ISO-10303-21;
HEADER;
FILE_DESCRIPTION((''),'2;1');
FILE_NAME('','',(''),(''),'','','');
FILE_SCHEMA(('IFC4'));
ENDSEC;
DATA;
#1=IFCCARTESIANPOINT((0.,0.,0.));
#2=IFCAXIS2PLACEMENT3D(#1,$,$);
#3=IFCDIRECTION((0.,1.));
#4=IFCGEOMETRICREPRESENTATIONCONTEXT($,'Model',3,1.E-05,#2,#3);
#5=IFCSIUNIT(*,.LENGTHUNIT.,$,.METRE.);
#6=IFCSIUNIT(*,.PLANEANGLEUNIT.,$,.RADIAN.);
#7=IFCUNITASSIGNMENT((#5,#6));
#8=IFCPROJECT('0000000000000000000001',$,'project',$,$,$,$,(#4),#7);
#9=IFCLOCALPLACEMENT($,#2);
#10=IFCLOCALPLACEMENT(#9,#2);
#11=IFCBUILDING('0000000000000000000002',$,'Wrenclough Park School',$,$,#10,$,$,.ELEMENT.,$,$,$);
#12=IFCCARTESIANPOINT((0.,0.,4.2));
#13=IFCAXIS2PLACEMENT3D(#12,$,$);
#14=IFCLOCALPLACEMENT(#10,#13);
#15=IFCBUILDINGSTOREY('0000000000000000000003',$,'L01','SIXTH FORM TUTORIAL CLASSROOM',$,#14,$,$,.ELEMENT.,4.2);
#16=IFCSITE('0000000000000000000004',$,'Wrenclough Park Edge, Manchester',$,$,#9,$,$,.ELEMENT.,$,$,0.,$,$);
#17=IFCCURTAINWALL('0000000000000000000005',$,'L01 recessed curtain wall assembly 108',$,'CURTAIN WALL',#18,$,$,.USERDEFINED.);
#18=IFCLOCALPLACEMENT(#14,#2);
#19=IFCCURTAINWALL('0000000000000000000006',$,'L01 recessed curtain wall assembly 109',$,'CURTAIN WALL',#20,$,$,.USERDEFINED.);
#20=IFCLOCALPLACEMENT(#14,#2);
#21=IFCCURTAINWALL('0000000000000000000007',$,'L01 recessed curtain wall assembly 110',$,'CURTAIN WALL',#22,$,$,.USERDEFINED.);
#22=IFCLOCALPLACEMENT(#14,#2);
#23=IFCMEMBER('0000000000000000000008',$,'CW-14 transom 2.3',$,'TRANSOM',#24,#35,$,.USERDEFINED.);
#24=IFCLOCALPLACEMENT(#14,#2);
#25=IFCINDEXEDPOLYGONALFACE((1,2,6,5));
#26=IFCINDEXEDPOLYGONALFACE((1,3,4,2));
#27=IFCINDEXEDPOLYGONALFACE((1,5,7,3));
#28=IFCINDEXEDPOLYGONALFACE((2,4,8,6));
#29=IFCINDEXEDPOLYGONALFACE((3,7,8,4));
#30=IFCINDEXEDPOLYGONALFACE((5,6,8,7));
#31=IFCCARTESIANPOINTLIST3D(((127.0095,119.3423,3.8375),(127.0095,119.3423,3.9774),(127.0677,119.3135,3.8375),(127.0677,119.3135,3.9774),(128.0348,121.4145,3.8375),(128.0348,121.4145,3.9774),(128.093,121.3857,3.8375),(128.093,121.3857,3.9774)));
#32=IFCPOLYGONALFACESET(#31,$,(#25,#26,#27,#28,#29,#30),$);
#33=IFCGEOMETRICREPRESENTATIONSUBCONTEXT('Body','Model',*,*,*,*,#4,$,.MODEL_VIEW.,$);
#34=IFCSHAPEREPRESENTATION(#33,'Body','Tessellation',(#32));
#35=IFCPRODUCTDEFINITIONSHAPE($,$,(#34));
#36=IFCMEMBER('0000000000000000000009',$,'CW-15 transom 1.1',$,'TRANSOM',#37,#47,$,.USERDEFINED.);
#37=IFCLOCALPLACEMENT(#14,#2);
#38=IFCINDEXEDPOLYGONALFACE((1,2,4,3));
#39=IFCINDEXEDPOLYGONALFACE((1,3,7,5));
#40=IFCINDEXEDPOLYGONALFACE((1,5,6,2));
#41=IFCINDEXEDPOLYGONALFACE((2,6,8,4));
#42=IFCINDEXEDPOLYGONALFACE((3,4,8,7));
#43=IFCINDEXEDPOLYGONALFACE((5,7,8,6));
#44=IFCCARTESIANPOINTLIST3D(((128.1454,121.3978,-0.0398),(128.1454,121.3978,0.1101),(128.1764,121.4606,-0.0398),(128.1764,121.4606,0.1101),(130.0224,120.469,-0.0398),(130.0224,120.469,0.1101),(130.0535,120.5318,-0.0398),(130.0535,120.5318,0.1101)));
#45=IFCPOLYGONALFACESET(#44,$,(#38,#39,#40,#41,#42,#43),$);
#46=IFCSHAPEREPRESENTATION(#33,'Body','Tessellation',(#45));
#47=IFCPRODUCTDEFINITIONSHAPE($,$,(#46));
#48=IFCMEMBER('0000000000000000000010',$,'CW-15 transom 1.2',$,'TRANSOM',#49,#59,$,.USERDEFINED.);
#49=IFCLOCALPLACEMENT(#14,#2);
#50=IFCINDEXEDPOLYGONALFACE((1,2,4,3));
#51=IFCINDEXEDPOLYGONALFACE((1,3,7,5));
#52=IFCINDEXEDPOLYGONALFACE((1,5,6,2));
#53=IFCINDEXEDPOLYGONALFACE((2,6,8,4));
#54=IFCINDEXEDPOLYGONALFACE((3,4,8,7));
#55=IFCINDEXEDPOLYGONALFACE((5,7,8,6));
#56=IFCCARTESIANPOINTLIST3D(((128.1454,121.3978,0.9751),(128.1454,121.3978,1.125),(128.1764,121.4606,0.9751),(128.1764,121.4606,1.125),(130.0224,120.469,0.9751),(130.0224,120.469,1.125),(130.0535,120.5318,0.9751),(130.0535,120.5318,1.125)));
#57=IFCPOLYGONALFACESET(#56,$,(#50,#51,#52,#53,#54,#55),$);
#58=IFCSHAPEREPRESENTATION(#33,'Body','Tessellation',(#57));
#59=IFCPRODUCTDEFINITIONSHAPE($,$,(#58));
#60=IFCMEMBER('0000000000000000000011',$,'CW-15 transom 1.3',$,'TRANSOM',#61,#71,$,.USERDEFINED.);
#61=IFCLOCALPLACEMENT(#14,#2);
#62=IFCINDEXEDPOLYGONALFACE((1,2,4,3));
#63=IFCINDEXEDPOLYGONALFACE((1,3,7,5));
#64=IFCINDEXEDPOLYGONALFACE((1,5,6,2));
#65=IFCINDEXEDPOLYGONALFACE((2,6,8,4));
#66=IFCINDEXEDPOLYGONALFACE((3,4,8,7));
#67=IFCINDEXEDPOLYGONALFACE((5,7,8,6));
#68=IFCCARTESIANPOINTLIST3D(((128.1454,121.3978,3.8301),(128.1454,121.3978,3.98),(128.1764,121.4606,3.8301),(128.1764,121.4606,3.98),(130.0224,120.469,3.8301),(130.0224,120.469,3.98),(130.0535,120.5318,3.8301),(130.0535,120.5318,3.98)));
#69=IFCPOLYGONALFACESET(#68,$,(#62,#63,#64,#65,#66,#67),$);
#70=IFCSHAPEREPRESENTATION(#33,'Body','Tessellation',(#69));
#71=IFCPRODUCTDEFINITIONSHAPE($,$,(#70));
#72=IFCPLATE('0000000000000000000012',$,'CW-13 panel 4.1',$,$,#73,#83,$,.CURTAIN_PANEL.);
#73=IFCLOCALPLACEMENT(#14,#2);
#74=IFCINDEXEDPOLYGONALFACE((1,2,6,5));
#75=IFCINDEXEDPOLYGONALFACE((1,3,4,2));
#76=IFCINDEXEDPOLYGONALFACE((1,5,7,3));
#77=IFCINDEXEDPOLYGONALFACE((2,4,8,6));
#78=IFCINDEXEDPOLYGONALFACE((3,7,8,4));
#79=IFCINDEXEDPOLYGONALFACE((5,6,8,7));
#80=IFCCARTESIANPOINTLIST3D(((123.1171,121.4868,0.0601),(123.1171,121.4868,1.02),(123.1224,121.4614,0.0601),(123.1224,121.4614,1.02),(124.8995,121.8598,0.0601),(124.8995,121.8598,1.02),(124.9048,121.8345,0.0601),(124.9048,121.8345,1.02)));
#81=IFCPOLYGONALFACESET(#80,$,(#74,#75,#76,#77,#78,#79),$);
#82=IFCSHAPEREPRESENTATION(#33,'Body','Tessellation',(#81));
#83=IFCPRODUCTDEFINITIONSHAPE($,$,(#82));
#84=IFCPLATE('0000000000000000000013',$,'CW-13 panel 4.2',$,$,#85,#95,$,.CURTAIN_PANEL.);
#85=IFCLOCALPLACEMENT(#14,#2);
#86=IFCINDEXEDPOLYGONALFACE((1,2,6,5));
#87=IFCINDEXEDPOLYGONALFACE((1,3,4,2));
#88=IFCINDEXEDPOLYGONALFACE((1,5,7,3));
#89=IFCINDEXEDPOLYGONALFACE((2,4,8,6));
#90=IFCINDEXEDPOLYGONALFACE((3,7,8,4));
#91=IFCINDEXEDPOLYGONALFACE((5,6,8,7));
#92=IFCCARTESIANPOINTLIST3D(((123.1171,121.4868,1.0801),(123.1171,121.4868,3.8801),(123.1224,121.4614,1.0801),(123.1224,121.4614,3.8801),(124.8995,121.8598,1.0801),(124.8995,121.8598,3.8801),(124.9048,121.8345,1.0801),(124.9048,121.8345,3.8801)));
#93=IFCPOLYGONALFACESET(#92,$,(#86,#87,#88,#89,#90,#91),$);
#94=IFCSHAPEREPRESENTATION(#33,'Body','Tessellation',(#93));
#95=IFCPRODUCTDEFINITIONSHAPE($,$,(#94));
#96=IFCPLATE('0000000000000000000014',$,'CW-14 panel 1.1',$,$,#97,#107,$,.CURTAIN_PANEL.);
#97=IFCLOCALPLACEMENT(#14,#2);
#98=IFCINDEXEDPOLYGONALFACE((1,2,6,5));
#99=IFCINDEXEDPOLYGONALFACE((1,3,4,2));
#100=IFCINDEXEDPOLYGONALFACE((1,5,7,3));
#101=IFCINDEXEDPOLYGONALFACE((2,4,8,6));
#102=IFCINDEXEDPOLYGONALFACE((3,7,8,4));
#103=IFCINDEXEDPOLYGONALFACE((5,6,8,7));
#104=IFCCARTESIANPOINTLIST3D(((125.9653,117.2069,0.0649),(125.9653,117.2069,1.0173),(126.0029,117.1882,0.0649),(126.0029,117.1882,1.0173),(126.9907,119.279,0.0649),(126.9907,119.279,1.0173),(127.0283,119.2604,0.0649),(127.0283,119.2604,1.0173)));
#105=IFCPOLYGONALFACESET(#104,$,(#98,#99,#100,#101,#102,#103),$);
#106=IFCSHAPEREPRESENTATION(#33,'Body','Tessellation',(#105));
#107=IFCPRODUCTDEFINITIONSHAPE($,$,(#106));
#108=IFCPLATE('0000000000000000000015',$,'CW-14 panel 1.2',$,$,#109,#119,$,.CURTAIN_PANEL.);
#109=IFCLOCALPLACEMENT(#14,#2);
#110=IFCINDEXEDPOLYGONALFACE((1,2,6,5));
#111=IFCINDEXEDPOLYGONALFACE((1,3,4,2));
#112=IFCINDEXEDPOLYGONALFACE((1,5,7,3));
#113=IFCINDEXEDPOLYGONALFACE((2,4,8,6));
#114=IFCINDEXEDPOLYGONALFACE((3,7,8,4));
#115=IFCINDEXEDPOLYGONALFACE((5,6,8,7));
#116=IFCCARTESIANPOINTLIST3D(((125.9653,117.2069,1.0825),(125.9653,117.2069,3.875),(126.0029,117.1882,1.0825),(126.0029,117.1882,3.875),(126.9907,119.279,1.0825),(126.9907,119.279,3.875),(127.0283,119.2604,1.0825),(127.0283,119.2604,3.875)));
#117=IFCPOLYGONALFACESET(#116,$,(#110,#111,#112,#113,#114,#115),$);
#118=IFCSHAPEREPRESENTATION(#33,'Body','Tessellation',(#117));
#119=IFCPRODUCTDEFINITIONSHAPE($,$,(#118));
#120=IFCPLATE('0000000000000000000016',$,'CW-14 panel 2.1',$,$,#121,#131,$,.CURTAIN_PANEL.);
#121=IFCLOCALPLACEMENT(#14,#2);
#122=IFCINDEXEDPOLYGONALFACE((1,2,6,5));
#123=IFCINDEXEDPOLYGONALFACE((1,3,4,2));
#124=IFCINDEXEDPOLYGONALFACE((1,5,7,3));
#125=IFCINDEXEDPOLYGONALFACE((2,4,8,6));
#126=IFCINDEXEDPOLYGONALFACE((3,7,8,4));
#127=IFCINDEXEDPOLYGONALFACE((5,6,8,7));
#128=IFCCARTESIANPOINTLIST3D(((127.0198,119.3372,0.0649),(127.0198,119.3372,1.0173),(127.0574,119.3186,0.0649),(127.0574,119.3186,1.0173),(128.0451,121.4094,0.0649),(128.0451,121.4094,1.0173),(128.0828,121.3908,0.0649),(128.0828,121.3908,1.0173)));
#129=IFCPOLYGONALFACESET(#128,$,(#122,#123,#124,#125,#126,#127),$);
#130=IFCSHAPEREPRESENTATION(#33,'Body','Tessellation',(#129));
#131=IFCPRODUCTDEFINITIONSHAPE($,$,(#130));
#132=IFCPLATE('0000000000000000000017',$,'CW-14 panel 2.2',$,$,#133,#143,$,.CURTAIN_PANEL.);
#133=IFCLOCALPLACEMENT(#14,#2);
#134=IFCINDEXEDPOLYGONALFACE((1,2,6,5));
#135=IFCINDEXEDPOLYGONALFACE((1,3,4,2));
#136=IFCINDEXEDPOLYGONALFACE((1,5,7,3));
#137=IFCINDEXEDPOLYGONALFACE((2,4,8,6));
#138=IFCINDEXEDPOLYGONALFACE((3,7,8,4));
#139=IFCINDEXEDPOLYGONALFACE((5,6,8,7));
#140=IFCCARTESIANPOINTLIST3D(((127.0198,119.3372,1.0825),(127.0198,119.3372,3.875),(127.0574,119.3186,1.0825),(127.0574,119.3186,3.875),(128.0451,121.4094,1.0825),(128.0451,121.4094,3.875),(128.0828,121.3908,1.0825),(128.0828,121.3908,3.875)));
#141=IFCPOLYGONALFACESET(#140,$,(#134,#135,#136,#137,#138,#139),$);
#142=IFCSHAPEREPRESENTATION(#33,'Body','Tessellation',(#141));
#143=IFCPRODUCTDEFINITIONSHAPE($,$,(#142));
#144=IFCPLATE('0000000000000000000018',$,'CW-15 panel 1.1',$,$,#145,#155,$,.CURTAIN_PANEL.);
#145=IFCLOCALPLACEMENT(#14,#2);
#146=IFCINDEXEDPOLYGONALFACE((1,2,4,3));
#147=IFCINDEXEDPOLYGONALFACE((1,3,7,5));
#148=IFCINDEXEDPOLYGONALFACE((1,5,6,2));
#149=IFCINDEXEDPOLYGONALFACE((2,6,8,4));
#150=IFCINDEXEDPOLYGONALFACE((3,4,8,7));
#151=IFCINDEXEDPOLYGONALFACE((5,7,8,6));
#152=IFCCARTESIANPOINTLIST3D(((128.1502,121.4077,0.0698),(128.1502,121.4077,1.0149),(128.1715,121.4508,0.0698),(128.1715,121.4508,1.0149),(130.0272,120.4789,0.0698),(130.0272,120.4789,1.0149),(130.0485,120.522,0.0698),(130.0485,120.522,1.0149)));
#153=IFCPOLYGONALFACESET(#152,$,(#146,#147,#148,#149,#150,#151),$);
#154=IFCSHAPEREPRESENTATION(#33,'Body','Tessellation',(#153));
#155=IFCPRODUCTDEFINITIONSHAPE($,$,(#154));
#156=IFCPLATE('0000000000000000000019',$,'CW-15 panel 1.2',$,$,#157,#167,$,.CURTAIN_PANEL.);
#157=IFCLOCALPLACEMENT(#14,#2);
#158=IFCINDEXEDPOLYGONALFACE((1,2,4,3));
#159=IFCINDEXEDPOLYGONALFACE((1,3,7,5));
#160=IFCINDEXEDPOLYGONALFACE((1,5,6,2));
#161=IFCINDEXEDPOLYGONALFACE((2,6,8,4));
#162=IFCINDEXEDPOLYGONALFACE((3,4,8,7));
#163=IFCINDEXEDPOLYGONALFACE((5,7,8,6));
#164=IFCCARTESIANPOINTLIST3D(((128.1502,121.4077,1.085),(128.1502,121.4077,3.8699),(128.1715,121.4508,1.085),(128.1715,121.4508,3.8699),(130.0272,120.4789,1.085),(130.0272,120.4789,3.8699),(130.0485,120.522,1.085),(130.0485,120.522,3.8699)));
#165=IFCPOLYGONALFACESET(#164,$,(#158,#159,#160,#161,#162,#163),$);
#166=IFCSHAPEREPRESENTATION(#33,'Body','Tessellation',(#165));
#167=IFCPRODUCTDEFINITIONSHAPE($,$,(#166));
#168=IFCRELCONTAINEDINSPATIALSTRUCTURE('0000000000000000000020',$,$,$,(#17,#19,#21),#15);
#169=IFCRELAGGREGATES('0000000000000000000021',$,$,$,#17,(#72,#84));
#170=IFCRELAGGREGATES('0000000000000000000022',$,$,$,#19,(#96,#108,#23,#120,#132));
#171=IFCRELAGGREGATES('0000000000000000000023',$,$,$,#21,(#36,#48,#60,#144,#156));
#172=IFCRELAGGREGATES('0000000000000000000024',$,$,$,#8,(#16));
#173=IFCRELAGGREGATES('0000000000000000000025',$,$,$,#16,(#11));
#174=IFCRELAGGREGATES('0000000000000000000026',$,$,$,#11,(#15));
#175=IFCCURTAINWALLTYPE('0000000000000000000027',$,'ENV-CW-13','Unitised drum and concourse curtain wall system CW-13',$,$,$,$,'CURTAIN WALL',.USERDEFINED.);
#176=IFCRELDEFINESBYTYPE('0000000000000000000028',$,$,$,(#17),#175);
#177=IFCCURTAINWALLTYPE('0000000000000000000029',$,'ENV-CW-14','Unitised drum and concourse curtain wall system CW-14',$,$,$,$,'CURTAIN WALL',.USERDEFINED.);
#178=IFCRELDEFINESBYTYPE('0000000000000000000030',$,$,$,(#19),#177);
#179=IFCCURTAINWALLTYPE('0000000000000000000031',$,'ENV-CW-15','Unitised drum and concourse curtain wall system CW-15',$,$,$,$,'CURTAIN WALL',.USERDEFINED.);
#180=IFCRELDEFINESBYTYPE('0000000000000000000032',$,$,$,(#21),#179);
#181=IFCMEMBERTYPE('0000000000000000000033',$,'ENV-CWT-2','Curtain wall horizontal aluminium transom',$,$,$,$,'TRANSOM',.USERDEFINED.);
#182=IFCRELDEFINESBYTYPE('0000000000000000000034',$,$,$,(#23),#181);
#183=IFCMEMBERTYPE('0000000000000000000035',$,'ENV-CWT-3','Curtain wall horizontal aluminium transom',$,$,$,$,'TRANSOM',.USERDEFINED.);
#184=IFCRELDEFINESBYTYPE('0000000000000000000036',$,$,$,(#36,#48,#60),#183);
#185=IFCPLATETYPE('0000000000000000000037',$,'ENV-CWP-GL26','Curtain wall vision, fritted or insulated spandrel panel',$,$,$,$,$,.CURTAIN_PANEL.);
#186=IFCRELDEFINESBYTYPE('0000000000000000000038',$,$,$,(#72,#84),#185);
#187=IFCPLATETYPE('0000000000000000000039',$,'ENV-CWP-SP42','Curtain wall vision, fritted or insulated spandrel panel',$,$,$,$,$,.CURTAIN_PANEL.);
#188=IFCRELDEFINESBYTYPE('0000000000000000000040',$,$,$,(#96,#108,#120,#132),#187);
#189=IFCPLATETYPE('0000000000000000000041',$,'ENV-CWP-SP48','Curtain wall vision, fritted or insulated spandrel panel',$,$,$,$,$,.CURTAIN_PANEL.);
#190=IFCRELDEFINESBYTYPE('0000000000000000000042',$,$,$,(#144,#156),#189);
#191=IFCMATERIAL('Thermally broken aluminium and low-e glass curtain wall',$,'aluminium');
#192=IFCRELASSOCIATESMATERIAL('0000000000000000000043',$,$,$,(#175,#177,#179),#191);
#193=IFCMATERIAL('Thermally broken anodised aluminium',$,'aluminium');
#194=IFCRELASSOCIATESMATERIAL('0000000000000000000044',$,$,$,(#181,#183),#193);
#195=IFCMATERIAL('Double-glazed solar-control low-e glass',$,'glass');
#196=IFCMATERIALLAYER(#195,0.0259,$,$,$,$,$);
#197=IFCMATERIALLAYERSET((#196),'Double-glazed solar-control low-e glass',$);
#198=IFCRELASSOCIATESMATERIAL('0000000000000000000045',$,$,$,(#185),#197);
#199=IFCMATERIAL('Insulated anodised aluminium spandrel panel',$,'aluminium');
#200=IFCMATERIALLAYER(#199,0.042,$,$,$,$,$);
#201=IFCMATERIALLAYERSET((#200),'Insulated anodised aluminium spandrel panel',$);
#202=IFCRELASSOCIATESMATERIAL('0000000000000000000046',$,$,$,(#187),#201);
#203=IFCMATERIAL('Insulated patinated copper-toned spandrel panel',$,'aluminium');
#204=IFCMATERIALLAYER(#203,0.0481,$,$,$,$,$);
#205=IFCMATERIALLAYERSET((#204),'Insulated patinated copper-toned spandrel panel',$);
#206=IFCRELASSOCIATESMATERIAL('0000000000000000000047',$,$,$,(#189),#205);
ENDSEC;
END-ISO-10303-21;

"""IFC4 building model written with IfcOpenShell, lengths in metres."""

from ifc_helpers import new_model, si_unit, direction, frame, origin, origin_2d, place, context, subcontext, project, spatial, rectangle, extrude, material, layer, layer_set, material_profile, profile_set, type_object, element, aggregate, save


model = new_model("IFC4")

# Units and contexts
model_context = context("Model", 3, precision=1e-05, world=origin(), true_north=direction((0.0, 1.0)))
body_context = subcontext(model_context, "Body", "Model", "MODEL_VIEW")
ifc_project = project(units=[si_unit("LENGTHUNIT", "METRE"), si_unit("PLANEANGLEUNIT", "RADIAN")], contexts=[model_context])

# Site, building, storey
site_placement = place(None, origin())
site = spatial("IfcSite", under=ifc_project, at=site_placement, Name="Wrenclough Park Edge, Manchester", CompositionType="ELEMENT", RefElevation=0.0)
building_placement = place(site_placement, origin())
building = spatial("IfcBuilding", under=site, at=building_placement, Name="Wrenclough Park School", CompositionType="ELEMENT")
storey_placement = place(building_placement, frame((0.0, 0.0, 4.2)))
storey = spatial("IfcBuildingStorey", under=building, at=storey_placement, Name="L01", Description="SIXTH FORM TUTORIAL CLASSROOM", CompositionType="ELEMENT", Elevation=4.2)

# Curtain walls
ifc_material_1 = material(Name="Thermally broken aluminium and low-e glass curtain wall", Category="aluminium")
curtain_wall_type_1 = type_object("IfcCurtainWallType", Name="ENV-CW-13", Description="Unitised drum and concourse curtain wall system CW-13", ElementType="CURTAIN WALL", PredefinedType="USERDEFINED", material=ifc_material_1)
curtain_wall_1_placement = place(storey_placement, origin())
curtain_wall_1 = element("IfcCurtainWall", 1, at=curtain_wall_1_placement, inside=storey, type_object=curtain_wall_type_1, Name="L01 recessed curtain wall assembly 108", ObjectType="CURTAIN WALL", PredefinedType="USERDEFINED")
ifc_material_2 = material(Name="Thermally broken anodised aluminium", Category="aluminium")
curtain_wall_type_2 = type_object("IfcCurtainWallType", Name="ENV-CW-14", Description="Unitised drum and concourse curtain wall system CW-14", ElementType="CURTAIN WALL", PredefinedType="USERDEFINED", material=ifc_material_1)
curtain_wall_2_placement = place(storey_placement, origin())
curtain_wall_2 = element("IfcCurtainWall", 2, at=curtain_wall_2_placement, inside=storey, type_object=curtain_wall_type_2, Name="L01 recessed curtain wall assembly 109", ObjectType="CURTAIN WALL", PredefinedType="USERDEFINED")
curtain_wall_type_3 = type_object("IfcCurtainWallType", Name="ENV-CW-15", Description="Unitised drum and concourse curtain wall system CW-15", ElementType="CURTAIN WALL", PredefinedType="USERDEFINED", material=ifc_material_1)
curtain_wall_3_placement = place(storey_placement, origin())
curtain_wall_3 = element("IfcCurtainWall", 3, at=curtain_wall_3_placement, inside=storey, type_object=curtain_wall_type_3, Name="L01 recessed curtain wall assembly 110", ObjectType="CURTAIN WALL", PredefinedType="USERDEFINED")

# Members
ifc_material_profile_1 = material_profile(ifc_material_2, rectangle(XDim=0.0649, YDim=0.1399, at=origin_2d()), Name="AL TRANSOM 65x140")
ifc_profile_set_1 = profile_set([ifc_material_profile_1], Name="Thermally broken anodised aluminium")
member_type_1 = type_object("IfcMemberType", Name="ENV-CWT-2", Description="Curtain wall horizontal aluminium transom", ElementType="TRANSOM", PredefinedType="USERDEFINED", material=ifc_profile_set_1)
member_1_placement = place(storey_placement, frame((127.0386, 119.3279, 3.9075), z_axis=(0.443493, 0.896278, 0.0), x_axis=(-0.896278, 0.443493, 0.0)))
member_1 = element("IfcMember", 4, at=member_1_placement, type_object=member_type_1, Name="CW-14 transom 2.3", ObjectType="TRANSOM", PredefinedType="USERDEFINED", context=body_context, shape_type="SweptSolid", body=[
    extrude(rectangle(XDim=0.0649, YDim=0.1399, at=origin_2d()), origin(), (0.0, 0.0, 1.0), 2.312),
])
ifc_material_profile_2 = material_profile(ifc_material_2, rectangle(XDim=0.0701, YDim=0.1499, at=origin_2d()), Name="AL TRANSOM 70x150")
ifc_profile_set_2 = profile_set([ifc_material_profile_2], Name="Thermally broken anodised aluminium")
member_type_2 = type_object("IfcMemberType", Name="ENV-CWT-3", Description="Curtain wall horizontal aluminium transom", ElementType="TRANSOM", PredefinedType="USERDEFINED", material=ifc_profile_set_2)
member_2_placement = place(storey_placement, frame((128.1609, 121.4292, 0.0352), z_axis=(0.896285, -0.443479, 0.0), x_axis=(0.443479, 0.896285, 0.0)))
member_2 = element("IfcMember", 5, at=member_2_placement, type_object=member_type_2, Name="CW-15 transom 1.1", ObjectType="TRANSOM", PredefinedType="USERDEFINED", context=body_context, shape_type="SweptSolid", body=[
    extrude(rectangle(XDim=0.0701, YDim=0.1499, at=origin_2d()), origin(), (0.0, 0.0, 1.0), 2.0942),
])
member_3_placement = place(storey_placement, frame((128.1609, 121.4292, 1.05), z_axis=(0.896285, -0.443479, 0.0), x_axis=(0.443479, 0.896285, 0.0)))
member_3 = element("IfcMember", 6, at=member_3_placement, type_object=member_type_2, Name="CW-15 transom 1.2", ObjectType="TRANSOM", PredefinedType="USERDEFINED", context=body_context, shape_type="SweptSolid", body=[
    extrude(rectangle(XDim=0.0701, YDim=0.1499, at=origin_2d()), origin(), (0.0, 0.0, 1.0), 2.0942),
])
member_4_placement = place(storey_placement, frame((128.1609, 121.4292, 3.905), z_axis=(0.896285, -0.443479, 0.0), x_axis=(0.443479, 0.896285, 0.0)))
member_4 = element("IfcMember", 7, at=member_4_placement, type_object=member_type_2, Name="CW-15 transom 1.3", ObjectType="TRANSOM", PredefinedType="USERDEFINED", context=body_context, shape_type="SweptSolid", body=[
    extrude(rectangle(XDim=0.0701, YDim=0.1499, at=origin_2d()), origin(), (0.0, 0.0, 1.0), 2.0942),
])

# Plates
ifc_material_3 = material(Name="Double-glazed solar-control low-e glass", Category="glass")
ifc_layer_1 = layer(ifc_material_3, 0.0259)
ifc_layer_set_1 = layer_set([ifc_layer_1], Name="Double-glazed solar-control low-e glass")
plate_type_1 = type_object("IfcPlateType", Name="ENV-CWP-GL26", Description="Curtain wall vision, fritted or insulated spandrel panel", PredefinedType="CURTAIN_PANEL", material=ifc_layer_set_1)
plate_1_placement = place(storey_placement, frame((124.011, 121.6606, 0.0601), z_axis=(0.0, 0.0, 1.0), x_axis=(0.978789, 0.204871, 0.0)))
plate_1 = element("IfcPlate", 8, at=plate_1_placement, type_object=plate_type_1, Name="CW-13 panel 4.1", PredefinedType="CURTAIN_PANEL", context=body_context, shape_type="SweptSolid", body=[
    extrude(rectangle(XDim=1.821, YDim=0.0259, at=origin_2d()), origin(), (0.0, 0.0, 1.0), 0.96),
])
plate_2_placement = place(storey_placement, frame((124.011, 121.6606, 1.0801), z_axis=(0.0, 0.0, 1.0), x_axis=(0.978789, 0.204871, 0.0)))
plate_2 = element("IfcPlate", 9, at=plate_2_placement, type_object=plate_type_1, Name="CW-13 panel 4.2", PredefinedType="CURTAIN_PANEL", context=body_context, shape_type="SweptSolid", body=[
    extrude(rectangle(XDim=1.821, YDim=0.0259, at=origin_2d()), origin(), (0.0, 0.0, 1.0), 2.8),
])
aggregate(curtain_wall_1, [plate_1, plate_2])
ifc_material_4 = material(Name="Insulated anodised aluminium spandrel panel", Category="aluminium")
ifc_layer_2 = layer(ifc_material_4, 0.042)
ifc_layer_set_2 = layer_set([ifc_layer_2], Name="Insulated anodised aluminium spandrel panel")
plate_type_2 = type_object("IfcPlateType", Name="ENV-CWP-SP42", Description="Curtain wall vision, fritted or insulated spandrel panel", PredefinedType="CURTAIN_PANEL", material=ifc_layer_set_2)
plate_3_placement = place(storey_placement, frame((126.4968, 118.2336, 0.0649), z_axis=(0.0, 0.0, 1.0), x_axis=(0.443508, 0.896271, 0.0)))
plate_3 = element("IfcPlate", 10, at=plate_3_placement, type_object=plate_type_2, Name="CW-14 panel 1.1", PredefinedType="CURTAIN_PANEL", context=body_context, shape_type="SweptSolid", body=[
    extrude(rectangle(XDim=2.312, YDim=0.042, at=origin_2d()), origin(), (0.0, 0.0, 1.0), 0.9524),
])
plate_4_placement = place(storey_placement, frame((126.4968, 118.2336, 1.0825), z_axis=(0.0, 0.0, 1.0), x_axis=(0.443508, 0.896271, 0.0)))
plate_4 = element("IfcPlate", 11, at=plate_4_placement, type_object=plate_type_2, Name="CW-14 panel 1.2", PredefinedType="CURTAIN_PANEL", context=body_context, shape_type="SweptSolid", body=[
    extrude(rectangle(XDim=2.312, YDim=0.042, at=origin_2d()), origin(), (0.0, 0.0, 1.0), 2.7925),
])
plate_5_placement = place(storey_placement, frame((127.5513, 120.364, 0.0649), z_axis=(0.0, 0.0, 1.0), x_axis=(0.443508, 0.896271, 0.0)))
plate_5 = element("IfcPlate", 12, at=plate_5_placement, type_object=plate_type_2, Name="CW-14 panel 2.1", PredefinedType="CURTAIN_PANEL", context=body_context, shape_type="SweptSolid", body=[
    extrude(rectangle(XDim=2.312, YDim=0.042, at=origin_2d()), origin(), (0.0, 0.0, 1.0), 0.9524),
])
plate_6_placement = place(storey_placement, frame((127.5513, 120.364, 1.0825), z_axis=(0.0, 0.0, 1.0), x_axis=(0.443508, 0.896271, 0.0)))
plate_6 = element("IfcPlate", 13, at=plate_6_placement, type_object=plate_type_2, Name="CW-14 panel 2.2", PredefinedType="CURTAIN_PANEL", context=body_context, shape_type="SweptSolid", body=[
    extrude(rectangle(XDim=2.312, YDim=0.042, at=origin_2d()), origin(), (0.0, 0.0, 1.0), 2.7925),
])
aggregate(curtain_wall_2, [plate_3, plate_4, member_1, plate_5, plate_6])
ifc_material_5 = material(Name="Insulated patinated copper-toned spandrel panel", Category="aluminium")
ifc_layer_3 = layer(ifc_material_5, 0.0481)
ifc_layer_set_3 = layer_set([ifc_layer_3], Name="Insulated patinated copper-toned spandrel panel")
plate_type_3 = type_object("IfcPlateType", Name="ENV-CWP-SP48", Description="Curtain wall vision, fritted or insulated spandrel panel", PredefinedType="CURTAIN_PANEL", material=ifc_layer_set_3)
plate_7_placement = place(storey_placement, frame((129.0994, 120.9648, 0.0698), z_axis=(0.0, 0.0, 1.0), x_axis=(0.896269, -0.443511, 0.0)))
plate_7 = element("IfcPlate", 14, at=plate_7_placement, type_object=plate_type_3, Name="CW-15 panel 1.1", PredefinedType="CURTAIN_PANEL", context=body_context, shape_type="SweptSolid", body=[
    extrude(rectangle(XDim=2.0942, YDim=0.0481, at=origin_2d()), origin(), (0.0, 0.0, 1.0), 0.9451),
])
plate_8_placement = place(storey_placement, frame((129.0994, 120.9648, 1.085), z_axis=(0.0, 0.0, 1.0), x_axis=(0.896269, -0.443511, 0.0)))
plate_8 = element("IfcPlate", 15, at=plate_8_placement, type_object=plate_type_3, Name="CW-15 panel 1.2", PredefinedType="CURTAIN_PANEL", context=body_context, shape_type="SweptSolid", body=[
    extrude(rectangle(XDim=2.0942, YDim=0.0481, at=origin_2d()), origin(), (0.0, 0.0, 1.0), 2.7849),
])
aggregate(curtain_wall_3, [member_2, member_3, member_4, plate_7, plate_8])

save(model, "model.ifc")
